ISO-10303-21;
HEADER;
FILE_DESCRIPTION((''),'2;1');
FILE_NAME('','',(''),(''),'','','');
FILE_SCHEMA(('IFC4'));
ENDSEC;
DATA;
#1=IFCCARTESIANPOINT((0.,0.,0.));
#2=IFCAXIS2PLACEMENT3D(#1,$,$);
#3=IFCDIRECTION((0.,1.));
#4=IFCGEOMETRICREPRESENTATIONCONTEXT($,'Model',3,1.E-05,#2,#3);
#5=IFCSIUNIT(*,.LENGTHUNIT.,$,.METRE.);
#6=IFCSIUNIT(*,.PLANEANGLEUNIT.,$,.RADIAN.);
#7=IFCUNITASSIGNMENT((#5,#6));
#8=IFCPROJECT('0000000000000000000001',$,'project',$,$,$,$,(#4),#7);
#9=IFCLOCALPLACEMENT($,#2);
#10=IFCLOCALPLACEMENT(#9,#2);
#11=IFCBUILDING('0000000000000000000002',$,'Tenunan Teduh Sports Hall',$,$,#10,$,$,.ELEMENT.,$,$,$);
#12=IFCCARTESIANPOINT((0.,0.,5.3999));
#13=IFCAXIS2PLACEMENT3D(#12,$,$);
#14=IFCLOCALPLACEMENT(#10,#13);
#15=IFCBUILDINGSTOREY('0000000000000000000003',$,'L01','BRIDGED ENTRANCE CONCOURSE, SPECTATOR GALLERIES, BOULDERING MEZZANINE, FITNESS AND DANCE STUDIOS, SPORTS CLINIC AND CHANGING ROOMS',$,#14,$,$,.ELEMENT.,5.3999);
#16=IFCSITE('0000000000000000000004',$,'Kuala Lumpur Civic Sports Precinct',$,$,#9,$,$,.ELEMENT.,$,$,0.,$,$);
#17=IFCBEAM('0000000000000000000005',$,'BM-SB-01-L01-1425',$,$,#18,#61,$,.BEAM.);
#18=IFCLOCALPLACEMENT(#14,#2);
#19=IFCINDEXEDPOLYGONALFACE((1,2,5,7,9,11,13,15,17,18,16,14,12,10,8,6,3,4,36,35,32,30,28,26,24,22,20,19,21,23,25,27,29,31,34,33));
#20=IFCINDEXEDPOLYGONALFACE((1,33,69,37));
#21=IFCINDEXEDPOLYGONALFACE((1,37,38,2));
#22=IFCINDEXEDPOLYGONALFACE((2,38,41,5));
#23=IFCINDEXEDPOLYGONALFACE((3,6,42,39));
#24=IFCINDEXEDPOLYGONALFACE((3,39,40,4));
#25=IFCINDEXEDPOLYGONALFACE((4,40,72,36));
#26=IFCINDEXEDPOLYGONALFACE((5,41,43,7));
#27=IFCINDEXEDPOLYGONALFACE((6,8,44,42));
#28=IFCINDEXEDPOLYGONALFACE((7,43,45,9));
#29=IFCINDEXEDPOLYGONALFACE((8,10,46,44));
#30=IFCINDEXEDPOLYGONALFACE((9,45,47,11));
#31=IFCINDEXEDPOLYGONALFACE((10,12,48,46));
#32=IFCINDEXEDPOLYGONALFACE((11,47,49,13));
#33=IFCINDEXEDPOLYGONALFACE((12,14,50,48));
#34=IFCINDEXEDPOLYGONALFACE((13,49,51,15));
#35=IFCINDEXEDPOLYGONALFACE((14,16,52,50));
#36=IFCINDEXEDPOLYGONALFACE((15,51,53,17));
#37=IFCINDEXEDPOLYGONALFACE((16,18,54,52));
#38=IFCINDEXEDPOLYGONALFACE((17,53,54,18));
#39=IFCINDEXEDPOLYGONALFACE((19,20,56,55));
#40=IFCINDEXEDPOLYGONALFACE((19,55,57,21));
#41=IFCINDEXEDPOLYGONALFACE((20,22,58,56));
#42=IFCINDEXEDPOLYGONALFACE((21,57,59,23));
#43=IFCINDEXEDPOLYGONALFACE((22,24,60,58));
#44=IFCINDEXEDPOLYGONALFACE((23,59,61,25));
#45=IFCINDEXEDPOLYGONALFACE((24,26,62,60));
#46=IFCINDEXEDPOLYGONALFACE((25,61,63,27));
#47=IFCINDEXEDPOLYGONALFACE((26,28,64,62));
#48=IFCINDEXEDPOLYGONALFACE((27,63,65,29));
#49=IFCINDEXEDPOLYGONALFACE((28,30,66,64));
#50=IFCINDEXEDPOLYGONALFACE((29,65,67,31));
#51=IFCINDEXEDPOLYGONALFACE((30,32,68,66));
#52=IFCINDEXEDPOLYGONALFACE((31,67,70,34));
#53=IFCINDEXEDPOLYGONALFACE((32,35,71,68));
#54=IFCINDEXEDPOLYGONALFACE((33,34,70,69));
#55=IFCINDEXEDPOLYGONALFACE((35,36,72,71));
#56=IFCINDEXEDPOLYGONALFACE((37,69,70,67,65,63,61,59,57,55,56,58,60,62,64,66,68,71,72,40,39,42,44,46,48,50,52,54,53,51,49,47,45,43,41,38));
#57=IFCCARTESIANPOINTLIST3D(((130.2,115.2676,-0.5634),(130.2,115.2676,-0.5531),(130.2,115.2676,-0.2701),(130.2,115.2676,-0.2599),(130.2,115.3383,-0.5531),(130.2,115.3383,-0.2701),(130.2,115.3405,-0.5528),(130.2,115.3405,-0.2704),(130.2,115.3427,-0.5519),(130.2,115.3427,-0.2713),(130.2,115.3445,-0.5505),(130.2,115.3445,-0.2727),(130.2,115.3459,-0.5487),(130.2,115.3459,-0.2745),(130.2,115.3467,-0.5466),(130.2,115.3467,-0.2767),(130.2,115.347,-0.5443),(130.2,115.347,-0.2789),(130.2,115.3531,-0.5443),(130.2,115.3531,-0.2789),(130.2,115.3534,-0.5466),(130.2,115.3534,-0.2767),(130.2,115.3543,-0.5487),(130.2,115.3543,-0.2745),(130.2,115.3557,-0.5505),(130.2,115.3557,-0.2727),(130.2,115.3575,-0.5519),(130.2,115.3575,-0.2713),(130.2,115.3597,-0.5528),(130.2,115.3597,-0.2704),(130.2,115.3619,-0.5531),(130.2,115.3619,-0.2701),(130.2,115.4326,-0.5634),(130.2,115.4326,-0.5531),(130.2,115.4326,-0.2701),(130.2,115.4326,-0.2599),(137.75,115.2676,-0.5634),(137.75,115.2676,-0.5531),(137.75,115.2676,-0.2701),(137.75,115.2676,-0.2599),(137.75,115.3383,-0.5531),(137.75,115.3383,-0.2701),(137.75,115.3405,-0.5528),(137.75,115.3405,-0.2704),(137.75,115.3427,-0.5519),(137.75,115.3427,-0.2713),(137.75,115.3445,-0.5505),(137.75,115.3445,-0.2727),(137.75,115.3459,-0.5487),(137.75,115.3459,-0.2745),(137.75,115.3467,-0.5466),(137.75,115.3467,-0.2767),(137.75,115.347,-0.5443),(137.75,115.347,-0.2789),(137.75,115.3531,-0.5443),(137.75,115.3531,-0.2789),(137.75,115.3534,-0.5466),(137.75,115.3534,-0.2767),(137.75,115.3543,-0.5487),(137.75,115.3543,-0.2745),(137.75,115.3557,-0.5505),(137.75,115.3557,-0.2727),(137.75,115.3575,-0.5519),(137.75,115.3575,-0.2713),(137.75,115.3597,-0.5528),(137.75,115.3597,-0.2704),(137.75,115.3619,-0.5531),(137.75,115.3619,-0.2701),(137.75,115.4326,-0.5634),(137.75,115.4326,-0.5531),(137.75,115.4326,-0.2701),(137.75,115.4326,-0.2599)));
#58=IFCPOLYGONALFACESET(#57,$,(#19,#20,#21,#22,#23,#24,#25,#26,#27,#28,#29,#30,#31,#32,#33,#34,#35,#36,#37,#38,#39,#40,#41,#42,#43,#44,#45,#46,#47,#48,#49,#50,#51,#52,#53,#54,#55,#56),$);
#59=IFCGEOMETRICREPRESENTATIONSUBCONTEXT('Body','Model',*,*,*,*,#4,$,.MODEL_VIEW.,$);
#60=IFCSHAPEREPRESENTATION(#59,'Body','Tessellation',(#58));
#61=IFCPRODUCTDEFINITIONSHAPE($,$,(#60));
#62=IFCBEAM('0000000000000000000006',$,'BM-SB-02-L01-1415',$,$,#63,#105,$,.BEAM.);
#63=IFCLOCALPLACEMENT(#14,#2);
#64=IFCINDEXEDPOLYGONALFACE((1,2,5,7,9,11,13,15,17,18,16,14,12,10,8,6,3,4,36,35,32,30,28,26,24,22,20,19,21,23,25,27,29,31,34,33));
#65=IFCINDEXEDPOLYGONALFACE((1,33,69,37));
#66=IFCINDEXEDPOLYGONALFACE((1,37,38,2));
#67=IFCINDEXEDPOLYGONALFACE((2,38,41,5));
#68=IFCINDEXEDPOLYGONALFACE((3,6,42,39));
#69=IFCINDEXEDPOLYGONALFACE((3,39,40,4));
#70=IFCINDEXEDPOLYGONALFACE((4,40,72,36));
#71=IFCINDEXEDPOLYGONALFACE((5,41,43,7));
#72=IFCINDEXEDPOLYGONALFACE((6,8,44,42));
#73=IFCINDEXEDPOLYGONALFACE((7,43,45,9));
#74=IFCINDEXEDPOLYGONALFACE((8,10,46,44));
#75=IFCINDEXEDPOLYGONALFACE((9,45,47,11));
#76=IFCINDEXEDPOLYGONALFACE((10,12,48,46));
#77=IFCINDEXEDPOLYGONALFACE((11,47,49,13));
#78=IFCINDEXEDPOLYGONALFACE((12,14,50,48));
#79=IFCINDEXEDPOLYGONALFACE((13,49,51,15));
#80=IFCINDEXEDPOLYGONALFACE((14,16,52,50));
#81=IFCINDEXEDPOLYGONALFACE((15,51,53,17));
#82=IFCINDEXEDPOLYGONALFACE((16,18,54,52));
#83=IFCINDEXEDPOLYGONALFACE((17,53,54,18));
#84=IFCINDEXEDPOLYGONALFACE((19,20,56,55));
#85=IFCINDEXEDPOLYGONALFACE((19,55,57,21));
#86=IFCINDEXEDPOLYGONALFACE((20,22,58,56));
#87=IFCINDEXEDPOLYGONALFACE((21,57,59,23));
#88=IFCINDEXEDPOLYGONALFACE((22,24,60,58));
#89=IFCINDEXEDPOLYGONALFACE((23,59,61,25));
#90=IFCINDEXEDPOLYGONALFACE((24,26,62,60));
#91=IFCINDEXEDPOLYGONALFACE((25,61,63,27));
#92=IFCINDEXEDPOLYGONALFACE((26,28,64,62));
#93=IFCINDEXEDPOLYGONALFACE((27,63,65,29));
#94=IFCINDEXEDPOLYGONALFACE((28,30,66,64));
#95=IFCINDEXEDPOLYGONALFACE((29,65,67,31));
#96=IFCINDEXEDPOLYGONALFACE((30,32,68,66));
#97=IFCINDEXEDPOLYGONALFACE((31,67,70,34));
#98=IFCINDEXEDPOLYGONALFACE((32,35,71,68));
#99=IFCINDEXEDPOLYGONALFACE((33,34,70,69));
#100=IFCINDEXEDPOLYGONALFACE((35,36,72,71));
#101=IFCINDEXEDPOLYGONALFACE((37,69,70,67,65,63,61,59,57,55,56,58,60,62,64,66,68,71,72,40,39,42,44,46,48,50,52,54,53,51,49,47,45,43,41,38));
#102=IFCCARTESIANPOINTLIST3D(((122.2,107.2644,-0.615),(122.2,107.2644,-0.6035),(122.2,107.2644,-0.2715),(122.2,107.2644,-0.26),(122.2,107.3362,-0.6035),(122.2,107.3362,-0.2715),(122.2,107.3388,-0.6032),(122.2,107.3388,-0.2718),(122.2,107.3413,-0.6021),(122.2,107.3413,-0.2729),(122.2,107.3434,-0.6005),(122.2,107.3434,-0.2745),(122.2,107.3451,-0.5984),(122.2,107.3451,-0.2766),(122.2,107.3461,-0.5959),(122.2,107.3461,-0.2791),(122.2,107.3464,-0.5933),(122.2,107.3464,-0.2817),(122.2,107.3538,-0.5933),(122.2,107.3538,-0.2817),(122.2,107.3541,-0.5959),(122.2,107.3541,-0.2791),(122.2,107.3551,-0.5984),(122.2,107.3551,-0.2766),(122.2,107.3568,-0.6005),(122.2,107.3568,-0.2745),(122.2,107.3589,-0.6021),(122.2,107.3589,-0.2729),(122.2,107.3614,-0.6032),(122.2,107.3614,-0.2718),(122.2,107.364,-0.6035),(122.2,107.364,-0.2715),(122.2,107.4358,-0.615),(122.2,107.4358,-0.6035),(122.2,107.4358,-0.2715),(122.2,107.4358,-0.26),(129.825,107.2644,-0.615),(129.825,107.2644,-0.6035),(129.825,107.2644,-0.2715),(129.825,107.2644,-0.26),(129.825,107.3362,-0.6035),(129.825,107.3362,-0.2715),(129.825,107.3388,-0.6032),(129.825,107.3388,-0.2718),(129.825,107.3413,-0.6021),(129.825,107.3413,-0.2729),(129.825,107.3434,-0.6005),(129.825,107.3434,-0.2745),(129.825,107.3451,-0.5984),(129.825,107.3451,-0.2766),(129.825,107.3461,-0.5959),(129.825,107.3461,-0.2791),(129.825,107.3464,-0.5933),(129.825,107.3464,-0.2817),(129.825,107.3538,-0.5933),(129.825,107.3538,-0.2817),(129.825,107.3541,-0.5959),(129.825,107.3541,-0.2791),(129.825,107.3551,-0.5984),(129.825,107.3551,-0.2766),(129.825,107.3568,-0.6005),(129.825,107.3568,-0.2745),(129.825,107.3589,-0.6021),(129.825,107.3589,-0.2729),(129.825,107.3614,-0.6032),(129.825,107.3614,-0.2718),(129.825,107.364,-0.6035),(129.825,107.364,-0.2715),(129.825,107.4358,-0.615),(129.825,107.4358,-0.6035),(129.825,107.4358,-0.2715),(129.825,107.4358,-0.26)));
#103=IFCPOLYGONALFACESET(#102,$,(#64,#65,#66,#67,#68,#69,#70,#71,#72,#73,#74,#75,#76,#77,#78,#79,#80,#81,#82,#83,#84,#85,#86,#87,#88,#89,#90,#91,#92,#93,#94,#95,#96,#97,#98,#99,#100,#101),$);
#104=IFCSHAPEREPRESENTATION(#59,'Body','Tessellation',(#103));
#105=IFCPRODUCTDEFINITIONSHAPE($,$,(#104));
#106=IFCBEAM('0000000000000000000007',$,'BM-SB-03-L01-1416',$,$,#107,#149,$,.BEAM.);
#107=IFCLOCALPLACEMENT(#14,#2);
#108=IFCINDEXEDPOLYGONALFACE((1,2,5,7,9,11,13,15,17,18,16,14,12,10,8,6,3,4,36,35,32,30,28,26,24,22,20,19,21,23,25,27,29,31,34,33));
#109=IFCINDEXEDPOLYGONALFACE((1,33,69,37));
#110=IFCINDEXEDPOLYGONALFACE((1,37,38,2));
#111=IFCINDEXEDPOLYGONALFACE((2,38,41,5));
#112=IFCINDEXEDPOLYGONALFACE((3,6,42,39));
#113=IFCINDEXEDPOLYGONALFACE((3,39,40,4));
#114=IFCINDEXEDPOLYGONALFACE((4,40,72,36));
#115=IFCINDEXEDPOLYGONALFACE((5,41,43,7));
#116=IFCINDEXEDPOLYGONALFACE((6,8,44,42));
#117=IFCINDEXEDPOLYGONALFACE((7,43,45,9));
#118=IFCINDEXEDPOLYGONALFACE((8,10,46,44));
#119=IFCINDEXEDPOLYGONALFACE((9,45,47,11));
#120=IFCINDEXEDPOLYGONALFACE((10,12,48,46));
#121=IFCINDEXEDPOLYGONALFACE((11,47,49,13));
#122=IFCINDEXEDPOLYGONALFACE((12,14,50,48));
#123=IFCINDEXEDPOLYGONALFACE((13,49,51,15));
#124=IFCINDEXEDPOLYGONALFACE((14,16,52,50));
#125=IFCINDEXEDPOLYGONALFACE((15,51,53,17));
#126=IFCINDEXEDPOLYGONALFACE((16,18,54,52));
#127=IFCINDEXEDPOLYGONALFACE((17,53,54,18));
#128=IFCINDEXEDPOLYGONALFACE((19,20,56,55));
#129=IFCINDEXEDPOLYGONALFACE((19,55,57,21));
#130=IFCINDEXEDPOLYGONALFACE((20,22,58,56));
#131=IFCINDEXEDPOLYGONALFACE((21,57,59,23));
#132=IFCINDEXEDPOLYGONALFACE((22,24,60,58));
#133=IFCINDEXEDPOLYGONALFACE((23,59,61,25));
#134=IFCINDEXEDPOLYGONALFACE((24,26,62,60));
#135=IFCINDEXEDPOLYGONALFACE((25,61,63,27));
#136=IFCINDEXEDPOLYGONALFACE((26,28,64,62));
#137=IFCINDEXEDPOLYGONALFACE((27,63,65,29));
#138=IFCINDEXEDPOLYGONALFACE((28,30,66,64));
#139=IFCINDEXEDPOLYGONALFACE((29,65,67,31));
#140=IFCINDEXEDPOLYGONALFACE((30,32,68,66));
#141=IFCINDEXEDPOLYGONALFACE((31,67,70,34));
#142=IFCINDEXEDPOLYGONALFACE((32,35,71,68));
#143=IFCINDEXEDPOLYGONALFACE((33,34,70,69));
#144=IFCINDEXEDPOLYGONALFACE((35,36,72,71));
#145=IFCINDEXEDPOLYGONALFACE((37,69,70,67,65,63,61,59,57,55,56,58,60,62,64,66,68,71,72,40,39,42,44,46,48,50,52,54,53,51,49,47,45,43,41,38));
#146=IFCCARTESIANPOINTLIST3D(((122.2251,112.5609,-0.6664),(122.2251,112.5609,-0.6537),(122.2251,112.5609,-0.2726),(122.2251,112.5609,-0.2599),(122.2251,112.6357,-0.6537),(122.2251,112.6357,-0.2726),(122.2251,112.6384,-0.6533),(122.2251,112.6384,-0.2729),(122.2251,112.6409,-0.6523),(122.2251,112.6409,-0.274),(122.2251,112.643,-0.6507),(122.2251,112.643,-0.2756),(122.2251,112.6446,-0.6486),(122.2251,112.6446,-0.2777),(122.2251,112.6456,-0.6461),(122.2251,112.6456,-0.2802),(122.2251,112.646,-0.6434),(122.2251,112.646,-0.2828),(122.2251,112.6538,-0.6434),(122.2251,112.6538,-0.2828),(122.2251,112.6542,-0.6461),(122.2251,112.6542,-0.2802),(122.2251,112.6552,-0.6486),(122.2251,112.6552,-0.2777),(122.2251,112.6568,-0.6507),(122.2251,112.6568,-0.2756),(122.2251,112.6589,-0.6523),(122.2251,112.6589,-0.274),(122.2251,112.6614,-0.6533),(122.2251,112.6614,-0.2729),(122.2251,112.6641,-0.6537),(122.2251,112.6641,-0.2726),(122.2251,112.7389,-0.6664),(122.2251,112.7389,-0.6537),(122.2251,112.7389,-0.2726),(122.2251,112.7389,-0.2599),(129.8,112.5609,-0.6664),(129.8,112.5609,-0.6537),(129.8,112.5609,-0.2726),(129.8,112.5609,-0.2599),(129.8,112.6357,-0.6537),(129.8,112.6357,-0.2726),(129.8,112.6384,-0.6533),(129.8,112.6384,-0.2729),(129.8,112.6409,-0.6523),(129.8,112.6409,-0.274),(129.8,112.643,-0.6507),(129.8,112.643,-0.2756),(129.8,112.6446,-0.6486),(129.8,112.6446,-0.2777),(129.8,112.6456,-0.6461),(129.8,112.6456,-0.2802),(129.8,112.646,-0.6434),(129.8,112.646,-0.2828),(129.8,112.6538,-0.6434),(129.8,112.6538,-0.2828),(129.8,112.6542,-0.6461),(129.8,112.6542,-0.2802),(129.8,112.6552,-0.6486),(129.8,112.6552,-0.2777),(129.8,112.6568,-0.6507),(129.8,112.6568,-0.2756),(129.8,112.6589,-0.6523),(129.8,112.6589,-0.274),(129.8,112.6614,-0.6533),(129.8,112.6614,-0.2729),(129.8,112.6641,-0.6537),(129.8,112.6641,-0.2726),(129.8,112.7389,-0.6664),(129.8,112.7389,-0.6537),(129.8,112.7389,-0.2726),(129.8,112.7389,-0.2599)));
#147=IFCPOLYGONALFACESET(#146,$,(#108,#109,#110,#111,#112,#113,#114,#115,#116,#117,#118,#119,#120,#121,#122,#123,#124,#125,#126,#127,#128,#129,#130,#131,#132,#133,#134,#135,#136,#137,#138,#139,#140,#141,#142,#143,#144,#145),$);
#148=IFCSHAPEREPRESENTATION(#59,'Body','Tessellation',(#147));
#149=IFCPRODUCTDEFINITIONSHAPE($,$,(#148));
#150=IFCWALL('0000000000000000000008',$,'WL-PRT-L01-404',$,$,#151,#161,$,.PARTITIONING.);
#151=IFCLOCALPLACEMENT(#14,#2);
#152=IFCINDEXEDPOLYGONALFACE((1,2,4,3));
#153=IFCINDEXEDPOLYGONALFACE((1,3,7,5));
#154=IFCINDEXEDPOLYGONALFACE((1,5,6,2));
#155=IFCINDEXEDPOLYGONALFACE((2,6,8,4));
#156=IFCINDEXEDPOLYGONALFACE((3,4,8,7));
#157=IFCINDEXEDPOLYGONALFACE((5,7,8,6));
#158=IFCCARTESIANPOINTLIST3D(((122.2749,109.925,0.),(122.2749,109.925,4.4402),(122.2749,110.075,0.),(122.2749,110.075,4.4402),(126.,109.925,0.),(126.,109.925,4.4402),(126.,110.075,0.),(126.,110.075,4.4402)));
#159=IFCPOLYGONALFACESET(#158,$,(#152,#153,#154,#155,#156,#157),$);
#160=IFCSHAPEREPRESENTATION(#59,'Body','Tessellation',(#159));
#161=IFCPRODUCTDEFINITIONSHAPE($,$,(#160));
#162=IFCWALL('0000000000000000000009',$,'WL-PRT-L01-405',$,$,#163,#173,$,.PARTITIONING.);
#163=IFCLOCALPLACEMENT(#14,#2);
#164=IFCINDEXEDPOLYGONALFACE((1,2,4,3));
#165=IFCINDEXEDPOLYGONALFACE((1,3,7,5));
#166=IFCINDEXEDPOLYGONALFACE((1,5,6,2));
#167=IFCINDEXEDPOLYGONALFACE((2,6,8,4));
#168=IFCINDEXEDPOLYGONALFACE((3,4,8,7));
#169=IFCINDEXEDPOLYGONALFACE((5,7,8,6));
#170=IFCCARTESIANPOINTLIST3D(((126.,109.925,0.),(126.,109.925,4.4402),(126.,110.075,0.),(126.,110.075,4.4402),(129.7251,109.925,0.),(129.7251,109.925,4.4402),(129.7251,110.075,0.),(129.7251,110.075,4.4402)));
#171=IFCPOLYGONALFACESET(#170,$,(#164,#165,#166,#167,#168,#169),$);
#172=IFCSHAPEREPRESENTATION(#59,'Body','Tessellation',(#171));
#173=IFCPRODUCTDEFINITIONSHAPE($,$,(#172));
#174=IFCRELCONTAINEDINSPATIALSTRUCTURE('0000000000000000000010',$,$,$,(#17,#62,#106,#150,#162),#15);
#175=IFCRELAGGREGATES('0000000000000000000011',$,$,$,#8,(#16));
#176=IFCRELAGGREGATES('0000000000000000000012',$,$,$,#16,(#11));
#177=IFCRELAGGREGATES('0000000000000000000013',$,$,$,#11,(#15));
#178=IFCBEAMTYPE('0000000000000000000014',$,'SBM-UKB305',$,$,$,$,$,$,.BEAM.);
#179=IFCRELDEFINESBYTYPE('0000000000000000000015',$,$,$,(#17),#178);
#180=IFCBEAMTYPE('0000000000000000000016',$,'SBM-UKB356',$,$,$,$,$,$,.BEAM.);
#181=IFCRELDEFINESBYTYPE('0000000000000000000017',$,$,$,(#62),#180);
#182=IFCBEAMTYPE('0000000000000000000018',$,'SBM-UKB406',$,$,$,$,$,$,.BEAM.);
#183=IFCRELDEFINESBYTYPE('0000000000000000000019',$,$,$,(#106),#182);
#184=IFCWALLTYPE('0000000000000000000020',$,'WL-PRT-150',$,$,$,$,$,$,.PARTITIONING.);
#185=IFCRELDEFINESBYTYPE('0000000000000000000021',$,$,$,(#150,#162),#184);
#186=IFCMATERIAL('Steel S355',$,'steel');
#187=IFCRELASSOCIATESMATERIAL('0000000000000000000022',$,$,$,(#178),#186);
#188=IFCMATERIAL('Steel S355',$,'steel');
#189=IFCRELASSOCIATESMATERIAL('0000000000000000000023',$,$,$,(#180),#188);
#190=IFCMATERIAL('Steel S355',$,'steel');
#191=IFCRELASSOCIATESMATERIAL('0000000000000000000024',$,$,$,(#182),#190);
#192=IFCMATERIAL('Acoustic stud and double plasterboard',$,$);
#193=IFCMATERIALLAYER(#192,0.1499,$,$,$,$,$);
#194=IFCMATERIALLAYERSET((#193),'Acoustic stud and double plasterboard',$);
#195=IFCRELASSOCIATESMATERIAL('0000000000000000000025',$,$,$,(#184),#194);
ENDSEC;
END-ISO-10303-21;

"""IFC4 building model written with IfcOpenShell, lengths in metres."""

from ifc_helpers import new_model, si_unit, direction, frame, frame_2d, origin, origin_2d, place, context, subcontext, project, spatial, rectangle, i_section, extrude, material, layer, layer_set, material_profile, profile_set, type_object, element, save


model = new_model("IFC4")

# Units and contexts
model_context = context("Model", 3, precision=1e-05, world=origin(), true_north=direction((0.0, 1.0)))
body_context = subcontext(model_context, "Body", "Model", "MODEL_VIEW")
ifc_project = project(units=[si_unit("LENGTHUNIT", "METRE"), si_unit("PLANEANGLEUNIT", "RADIAN")], contexts=[model_context])

# Site, building, storey
site_placement = place(None, origin())
site = spatial("IfcSite", under=ifc_project, at=site_placement, Name="Kuala Lumpur Civic Sports Precinct", CompositionType="ELEMENT", RefElevation=0.0)
building_placement = place(site_placement, origin())
building = spatial("IfcBuilding", under=site, at=building_placement, Name="Tenunan Teduh Sports Hall", CompositionType="ELEMENT")
storey_placement = place(building_placement, frame((0.0, 0.0, 5.3999)))
storey = spatial("IfcBuildingStorey", under=building, at=storey_placement, Name="L01", Description="BRIDGED ENTRANCE CONCOURSE, SPECTATOR GALLERIES, BOULDERING MEZZANINE, FITNESS AND DANCE STUDIOS, SPORTS CLINIC AND CHANGING ROOMS", CompositionType="ELEMENT", Elevation=5.3999)

# Beams
ifc_material_1 = material(Name="Steel S355", Category="steel")
ifc_material_profile_1 = material_profile(ifc_material_1, i_section(OverallWidth=0.165, OverallDepth=0.3035, WebThickness=0.0061, FlangeThickness=0.0103, FilletRadius=0.0088, at=origin_2d()), Name="UKB 305x165x40")
ifc_profile_set_1 = profile_set([ifc_material_profile_1], Name="Steel S355")
beam_type_1 = type_object("IfcBeamType", Name="SBM-UKB305", PredefinedType="BEAM", material=ifc_profile_set_1)
beam_1_placement = place(storey_placement, frame((130.2, 115.3501, -0.4116), z_axis=(1.0, 0.0, 0.0), x_axis=(0.0, 1.0, 0.0)))
element("IfcBeam", 1, at=beam_1_placement, inside=storey, type_object=beam_type_1, Name="BM-SB-01-L01-1425", PredefinedType="BEAM", context=body_context, shape_type="SweptSolid", body=[
    extrude(i_section(OverallWidth=0.165, OverallDepth=0.3035, WebThickness=0.0061, FlangeThickness=0.0103, FilletRadius=0.0088, at=origin_2d()), origin(), (0.0, 0.0, 1.0), 7.55),
])
ifc_material_2 = material(Name="Steel S355", Category="steel")
ifc_material_profile_2 = material_profile(ifc_material_2, i_section(OverallWidth=0.1714, OverallDepth=0.355, WebThickness=0.0073, FlangeThickness=0.0115, FilletRadius=0.0103, at=origin_2d()), Name="UKB 356x171x51")
ifc_profile_set_2 = profile_set([ifc_material_profile_2], Name="Steel S355")
beam_type_2 = type_object("IfcBeamType", Name="SBM-UKB356", PredefinedType="BEAM", material=ifc_profile_set_2)
beam_2_placement = place(storey_placement, frame((122.2, 107.3501, -0.4375), z_axis=(1.0, 0.0, 0.0), x_axis=(0.0, 1.0, 0.0)))
element("IfcBeam", 2, at=beam_2_placement, inside=storey, type_object=beam_type_2, Name="BM-SB-02-L01-1415", PredefinedType="BEAM", context=body_context, shape_type="SweptSolid", body=[
    extrude(i_section(OverallWidth=0.1714, OverallDepth=0.355, WebThickness=0.0073, FlangeThickness=0.0115, FilletRadius=0.0103, at=origin_2d()), origin(), (0.0, 0.0, 1.0), 7.625),
])
ifc_material_3 = material(Name="Steel S355", Category="steel")
ifc_material_profile_3 = material_profile(ifc_material_3, i_section(OverallWidth=0.178, OverallDepth=0.4065, WebThickness=0.0078, FlangeThickness=0.0127, FilletRadius=0.0103, at=origin_2d()), Name="UKB 406x178x60")
ifc_profile_set_3 = profile_set([ifc_material_profile_3], Name="Steel S355")
beam_type_3 = type_object("IfcBeamType", Name="SBM-UKB406", PredefinedType="BEAM", material=ifc_profile_set_3)
beam_3_placement = place(storey_placement, frame((122.2251, 112.6499, -0.4631), z_axis=(1.0, 0.0, 0.0), x_axis=(0.0, 1.0, 0.0)))
element("IfcBeam", 3, at=beam_3_placement, inside=storey, type_object=beam_type_3, Name="BM-SB-03-L01-1416", PredefinedType="BEAM", context=body_context, shape_type="SweptSolid", body=[
    extrude(i_section(OverallWidth=0.178, OverallDepth=0.4065, WebThickness=0.0078, FlangeThickness=0.0127, FilletRadius=0.0103, at=origin_2d()), origin(), (0.0, 0.0, 1.0), 7.575),
])

# Walls
ifc_material_4 = material(Name="Acoustic stud and double plasterboard")
ifc_layer = layer(ifc_material_4, 0.1499)
ifc_layer_set = layer_set([ifc_layer], Name="Acoustic stud and double plasterboard")
wall_type = type_object("IfcWallType", Name="WL-PRT-150", PredefinedType="PARTITIONING", material=ifc_layer_set)
for number, where, z_axis, x_axis, name in (
    (4, (122.2749, 110.0, 0.0), (0.0, 0.0, 1.0), (1.0, 0.0, 0.0), "WL-PRT-L01-404"),
    (5, (126.0, 110.0, 0.0), (0.0, 0.0, 1.0), (1.0, 0.0, 0.0), "WL-PRT-L01-405"),
):
    element("IfcWall", number, at=place(storey_placement, frame(where, z_axis=z_axis, x_axis=x_axis)), inside=storey, type_object=wall_type, Name=name, PredefinedType="PARTITIONING", context=body_context, shape_type="SweptSolid", body=[
        extrude(rectangle(XDim=3.7251, YDim=0.1499, at=frame_2d((1.8625, 0.0))), origin(), (0.0, 0.0, 1.0), 4.4402),
    ])

save(model, "model.ifc")
